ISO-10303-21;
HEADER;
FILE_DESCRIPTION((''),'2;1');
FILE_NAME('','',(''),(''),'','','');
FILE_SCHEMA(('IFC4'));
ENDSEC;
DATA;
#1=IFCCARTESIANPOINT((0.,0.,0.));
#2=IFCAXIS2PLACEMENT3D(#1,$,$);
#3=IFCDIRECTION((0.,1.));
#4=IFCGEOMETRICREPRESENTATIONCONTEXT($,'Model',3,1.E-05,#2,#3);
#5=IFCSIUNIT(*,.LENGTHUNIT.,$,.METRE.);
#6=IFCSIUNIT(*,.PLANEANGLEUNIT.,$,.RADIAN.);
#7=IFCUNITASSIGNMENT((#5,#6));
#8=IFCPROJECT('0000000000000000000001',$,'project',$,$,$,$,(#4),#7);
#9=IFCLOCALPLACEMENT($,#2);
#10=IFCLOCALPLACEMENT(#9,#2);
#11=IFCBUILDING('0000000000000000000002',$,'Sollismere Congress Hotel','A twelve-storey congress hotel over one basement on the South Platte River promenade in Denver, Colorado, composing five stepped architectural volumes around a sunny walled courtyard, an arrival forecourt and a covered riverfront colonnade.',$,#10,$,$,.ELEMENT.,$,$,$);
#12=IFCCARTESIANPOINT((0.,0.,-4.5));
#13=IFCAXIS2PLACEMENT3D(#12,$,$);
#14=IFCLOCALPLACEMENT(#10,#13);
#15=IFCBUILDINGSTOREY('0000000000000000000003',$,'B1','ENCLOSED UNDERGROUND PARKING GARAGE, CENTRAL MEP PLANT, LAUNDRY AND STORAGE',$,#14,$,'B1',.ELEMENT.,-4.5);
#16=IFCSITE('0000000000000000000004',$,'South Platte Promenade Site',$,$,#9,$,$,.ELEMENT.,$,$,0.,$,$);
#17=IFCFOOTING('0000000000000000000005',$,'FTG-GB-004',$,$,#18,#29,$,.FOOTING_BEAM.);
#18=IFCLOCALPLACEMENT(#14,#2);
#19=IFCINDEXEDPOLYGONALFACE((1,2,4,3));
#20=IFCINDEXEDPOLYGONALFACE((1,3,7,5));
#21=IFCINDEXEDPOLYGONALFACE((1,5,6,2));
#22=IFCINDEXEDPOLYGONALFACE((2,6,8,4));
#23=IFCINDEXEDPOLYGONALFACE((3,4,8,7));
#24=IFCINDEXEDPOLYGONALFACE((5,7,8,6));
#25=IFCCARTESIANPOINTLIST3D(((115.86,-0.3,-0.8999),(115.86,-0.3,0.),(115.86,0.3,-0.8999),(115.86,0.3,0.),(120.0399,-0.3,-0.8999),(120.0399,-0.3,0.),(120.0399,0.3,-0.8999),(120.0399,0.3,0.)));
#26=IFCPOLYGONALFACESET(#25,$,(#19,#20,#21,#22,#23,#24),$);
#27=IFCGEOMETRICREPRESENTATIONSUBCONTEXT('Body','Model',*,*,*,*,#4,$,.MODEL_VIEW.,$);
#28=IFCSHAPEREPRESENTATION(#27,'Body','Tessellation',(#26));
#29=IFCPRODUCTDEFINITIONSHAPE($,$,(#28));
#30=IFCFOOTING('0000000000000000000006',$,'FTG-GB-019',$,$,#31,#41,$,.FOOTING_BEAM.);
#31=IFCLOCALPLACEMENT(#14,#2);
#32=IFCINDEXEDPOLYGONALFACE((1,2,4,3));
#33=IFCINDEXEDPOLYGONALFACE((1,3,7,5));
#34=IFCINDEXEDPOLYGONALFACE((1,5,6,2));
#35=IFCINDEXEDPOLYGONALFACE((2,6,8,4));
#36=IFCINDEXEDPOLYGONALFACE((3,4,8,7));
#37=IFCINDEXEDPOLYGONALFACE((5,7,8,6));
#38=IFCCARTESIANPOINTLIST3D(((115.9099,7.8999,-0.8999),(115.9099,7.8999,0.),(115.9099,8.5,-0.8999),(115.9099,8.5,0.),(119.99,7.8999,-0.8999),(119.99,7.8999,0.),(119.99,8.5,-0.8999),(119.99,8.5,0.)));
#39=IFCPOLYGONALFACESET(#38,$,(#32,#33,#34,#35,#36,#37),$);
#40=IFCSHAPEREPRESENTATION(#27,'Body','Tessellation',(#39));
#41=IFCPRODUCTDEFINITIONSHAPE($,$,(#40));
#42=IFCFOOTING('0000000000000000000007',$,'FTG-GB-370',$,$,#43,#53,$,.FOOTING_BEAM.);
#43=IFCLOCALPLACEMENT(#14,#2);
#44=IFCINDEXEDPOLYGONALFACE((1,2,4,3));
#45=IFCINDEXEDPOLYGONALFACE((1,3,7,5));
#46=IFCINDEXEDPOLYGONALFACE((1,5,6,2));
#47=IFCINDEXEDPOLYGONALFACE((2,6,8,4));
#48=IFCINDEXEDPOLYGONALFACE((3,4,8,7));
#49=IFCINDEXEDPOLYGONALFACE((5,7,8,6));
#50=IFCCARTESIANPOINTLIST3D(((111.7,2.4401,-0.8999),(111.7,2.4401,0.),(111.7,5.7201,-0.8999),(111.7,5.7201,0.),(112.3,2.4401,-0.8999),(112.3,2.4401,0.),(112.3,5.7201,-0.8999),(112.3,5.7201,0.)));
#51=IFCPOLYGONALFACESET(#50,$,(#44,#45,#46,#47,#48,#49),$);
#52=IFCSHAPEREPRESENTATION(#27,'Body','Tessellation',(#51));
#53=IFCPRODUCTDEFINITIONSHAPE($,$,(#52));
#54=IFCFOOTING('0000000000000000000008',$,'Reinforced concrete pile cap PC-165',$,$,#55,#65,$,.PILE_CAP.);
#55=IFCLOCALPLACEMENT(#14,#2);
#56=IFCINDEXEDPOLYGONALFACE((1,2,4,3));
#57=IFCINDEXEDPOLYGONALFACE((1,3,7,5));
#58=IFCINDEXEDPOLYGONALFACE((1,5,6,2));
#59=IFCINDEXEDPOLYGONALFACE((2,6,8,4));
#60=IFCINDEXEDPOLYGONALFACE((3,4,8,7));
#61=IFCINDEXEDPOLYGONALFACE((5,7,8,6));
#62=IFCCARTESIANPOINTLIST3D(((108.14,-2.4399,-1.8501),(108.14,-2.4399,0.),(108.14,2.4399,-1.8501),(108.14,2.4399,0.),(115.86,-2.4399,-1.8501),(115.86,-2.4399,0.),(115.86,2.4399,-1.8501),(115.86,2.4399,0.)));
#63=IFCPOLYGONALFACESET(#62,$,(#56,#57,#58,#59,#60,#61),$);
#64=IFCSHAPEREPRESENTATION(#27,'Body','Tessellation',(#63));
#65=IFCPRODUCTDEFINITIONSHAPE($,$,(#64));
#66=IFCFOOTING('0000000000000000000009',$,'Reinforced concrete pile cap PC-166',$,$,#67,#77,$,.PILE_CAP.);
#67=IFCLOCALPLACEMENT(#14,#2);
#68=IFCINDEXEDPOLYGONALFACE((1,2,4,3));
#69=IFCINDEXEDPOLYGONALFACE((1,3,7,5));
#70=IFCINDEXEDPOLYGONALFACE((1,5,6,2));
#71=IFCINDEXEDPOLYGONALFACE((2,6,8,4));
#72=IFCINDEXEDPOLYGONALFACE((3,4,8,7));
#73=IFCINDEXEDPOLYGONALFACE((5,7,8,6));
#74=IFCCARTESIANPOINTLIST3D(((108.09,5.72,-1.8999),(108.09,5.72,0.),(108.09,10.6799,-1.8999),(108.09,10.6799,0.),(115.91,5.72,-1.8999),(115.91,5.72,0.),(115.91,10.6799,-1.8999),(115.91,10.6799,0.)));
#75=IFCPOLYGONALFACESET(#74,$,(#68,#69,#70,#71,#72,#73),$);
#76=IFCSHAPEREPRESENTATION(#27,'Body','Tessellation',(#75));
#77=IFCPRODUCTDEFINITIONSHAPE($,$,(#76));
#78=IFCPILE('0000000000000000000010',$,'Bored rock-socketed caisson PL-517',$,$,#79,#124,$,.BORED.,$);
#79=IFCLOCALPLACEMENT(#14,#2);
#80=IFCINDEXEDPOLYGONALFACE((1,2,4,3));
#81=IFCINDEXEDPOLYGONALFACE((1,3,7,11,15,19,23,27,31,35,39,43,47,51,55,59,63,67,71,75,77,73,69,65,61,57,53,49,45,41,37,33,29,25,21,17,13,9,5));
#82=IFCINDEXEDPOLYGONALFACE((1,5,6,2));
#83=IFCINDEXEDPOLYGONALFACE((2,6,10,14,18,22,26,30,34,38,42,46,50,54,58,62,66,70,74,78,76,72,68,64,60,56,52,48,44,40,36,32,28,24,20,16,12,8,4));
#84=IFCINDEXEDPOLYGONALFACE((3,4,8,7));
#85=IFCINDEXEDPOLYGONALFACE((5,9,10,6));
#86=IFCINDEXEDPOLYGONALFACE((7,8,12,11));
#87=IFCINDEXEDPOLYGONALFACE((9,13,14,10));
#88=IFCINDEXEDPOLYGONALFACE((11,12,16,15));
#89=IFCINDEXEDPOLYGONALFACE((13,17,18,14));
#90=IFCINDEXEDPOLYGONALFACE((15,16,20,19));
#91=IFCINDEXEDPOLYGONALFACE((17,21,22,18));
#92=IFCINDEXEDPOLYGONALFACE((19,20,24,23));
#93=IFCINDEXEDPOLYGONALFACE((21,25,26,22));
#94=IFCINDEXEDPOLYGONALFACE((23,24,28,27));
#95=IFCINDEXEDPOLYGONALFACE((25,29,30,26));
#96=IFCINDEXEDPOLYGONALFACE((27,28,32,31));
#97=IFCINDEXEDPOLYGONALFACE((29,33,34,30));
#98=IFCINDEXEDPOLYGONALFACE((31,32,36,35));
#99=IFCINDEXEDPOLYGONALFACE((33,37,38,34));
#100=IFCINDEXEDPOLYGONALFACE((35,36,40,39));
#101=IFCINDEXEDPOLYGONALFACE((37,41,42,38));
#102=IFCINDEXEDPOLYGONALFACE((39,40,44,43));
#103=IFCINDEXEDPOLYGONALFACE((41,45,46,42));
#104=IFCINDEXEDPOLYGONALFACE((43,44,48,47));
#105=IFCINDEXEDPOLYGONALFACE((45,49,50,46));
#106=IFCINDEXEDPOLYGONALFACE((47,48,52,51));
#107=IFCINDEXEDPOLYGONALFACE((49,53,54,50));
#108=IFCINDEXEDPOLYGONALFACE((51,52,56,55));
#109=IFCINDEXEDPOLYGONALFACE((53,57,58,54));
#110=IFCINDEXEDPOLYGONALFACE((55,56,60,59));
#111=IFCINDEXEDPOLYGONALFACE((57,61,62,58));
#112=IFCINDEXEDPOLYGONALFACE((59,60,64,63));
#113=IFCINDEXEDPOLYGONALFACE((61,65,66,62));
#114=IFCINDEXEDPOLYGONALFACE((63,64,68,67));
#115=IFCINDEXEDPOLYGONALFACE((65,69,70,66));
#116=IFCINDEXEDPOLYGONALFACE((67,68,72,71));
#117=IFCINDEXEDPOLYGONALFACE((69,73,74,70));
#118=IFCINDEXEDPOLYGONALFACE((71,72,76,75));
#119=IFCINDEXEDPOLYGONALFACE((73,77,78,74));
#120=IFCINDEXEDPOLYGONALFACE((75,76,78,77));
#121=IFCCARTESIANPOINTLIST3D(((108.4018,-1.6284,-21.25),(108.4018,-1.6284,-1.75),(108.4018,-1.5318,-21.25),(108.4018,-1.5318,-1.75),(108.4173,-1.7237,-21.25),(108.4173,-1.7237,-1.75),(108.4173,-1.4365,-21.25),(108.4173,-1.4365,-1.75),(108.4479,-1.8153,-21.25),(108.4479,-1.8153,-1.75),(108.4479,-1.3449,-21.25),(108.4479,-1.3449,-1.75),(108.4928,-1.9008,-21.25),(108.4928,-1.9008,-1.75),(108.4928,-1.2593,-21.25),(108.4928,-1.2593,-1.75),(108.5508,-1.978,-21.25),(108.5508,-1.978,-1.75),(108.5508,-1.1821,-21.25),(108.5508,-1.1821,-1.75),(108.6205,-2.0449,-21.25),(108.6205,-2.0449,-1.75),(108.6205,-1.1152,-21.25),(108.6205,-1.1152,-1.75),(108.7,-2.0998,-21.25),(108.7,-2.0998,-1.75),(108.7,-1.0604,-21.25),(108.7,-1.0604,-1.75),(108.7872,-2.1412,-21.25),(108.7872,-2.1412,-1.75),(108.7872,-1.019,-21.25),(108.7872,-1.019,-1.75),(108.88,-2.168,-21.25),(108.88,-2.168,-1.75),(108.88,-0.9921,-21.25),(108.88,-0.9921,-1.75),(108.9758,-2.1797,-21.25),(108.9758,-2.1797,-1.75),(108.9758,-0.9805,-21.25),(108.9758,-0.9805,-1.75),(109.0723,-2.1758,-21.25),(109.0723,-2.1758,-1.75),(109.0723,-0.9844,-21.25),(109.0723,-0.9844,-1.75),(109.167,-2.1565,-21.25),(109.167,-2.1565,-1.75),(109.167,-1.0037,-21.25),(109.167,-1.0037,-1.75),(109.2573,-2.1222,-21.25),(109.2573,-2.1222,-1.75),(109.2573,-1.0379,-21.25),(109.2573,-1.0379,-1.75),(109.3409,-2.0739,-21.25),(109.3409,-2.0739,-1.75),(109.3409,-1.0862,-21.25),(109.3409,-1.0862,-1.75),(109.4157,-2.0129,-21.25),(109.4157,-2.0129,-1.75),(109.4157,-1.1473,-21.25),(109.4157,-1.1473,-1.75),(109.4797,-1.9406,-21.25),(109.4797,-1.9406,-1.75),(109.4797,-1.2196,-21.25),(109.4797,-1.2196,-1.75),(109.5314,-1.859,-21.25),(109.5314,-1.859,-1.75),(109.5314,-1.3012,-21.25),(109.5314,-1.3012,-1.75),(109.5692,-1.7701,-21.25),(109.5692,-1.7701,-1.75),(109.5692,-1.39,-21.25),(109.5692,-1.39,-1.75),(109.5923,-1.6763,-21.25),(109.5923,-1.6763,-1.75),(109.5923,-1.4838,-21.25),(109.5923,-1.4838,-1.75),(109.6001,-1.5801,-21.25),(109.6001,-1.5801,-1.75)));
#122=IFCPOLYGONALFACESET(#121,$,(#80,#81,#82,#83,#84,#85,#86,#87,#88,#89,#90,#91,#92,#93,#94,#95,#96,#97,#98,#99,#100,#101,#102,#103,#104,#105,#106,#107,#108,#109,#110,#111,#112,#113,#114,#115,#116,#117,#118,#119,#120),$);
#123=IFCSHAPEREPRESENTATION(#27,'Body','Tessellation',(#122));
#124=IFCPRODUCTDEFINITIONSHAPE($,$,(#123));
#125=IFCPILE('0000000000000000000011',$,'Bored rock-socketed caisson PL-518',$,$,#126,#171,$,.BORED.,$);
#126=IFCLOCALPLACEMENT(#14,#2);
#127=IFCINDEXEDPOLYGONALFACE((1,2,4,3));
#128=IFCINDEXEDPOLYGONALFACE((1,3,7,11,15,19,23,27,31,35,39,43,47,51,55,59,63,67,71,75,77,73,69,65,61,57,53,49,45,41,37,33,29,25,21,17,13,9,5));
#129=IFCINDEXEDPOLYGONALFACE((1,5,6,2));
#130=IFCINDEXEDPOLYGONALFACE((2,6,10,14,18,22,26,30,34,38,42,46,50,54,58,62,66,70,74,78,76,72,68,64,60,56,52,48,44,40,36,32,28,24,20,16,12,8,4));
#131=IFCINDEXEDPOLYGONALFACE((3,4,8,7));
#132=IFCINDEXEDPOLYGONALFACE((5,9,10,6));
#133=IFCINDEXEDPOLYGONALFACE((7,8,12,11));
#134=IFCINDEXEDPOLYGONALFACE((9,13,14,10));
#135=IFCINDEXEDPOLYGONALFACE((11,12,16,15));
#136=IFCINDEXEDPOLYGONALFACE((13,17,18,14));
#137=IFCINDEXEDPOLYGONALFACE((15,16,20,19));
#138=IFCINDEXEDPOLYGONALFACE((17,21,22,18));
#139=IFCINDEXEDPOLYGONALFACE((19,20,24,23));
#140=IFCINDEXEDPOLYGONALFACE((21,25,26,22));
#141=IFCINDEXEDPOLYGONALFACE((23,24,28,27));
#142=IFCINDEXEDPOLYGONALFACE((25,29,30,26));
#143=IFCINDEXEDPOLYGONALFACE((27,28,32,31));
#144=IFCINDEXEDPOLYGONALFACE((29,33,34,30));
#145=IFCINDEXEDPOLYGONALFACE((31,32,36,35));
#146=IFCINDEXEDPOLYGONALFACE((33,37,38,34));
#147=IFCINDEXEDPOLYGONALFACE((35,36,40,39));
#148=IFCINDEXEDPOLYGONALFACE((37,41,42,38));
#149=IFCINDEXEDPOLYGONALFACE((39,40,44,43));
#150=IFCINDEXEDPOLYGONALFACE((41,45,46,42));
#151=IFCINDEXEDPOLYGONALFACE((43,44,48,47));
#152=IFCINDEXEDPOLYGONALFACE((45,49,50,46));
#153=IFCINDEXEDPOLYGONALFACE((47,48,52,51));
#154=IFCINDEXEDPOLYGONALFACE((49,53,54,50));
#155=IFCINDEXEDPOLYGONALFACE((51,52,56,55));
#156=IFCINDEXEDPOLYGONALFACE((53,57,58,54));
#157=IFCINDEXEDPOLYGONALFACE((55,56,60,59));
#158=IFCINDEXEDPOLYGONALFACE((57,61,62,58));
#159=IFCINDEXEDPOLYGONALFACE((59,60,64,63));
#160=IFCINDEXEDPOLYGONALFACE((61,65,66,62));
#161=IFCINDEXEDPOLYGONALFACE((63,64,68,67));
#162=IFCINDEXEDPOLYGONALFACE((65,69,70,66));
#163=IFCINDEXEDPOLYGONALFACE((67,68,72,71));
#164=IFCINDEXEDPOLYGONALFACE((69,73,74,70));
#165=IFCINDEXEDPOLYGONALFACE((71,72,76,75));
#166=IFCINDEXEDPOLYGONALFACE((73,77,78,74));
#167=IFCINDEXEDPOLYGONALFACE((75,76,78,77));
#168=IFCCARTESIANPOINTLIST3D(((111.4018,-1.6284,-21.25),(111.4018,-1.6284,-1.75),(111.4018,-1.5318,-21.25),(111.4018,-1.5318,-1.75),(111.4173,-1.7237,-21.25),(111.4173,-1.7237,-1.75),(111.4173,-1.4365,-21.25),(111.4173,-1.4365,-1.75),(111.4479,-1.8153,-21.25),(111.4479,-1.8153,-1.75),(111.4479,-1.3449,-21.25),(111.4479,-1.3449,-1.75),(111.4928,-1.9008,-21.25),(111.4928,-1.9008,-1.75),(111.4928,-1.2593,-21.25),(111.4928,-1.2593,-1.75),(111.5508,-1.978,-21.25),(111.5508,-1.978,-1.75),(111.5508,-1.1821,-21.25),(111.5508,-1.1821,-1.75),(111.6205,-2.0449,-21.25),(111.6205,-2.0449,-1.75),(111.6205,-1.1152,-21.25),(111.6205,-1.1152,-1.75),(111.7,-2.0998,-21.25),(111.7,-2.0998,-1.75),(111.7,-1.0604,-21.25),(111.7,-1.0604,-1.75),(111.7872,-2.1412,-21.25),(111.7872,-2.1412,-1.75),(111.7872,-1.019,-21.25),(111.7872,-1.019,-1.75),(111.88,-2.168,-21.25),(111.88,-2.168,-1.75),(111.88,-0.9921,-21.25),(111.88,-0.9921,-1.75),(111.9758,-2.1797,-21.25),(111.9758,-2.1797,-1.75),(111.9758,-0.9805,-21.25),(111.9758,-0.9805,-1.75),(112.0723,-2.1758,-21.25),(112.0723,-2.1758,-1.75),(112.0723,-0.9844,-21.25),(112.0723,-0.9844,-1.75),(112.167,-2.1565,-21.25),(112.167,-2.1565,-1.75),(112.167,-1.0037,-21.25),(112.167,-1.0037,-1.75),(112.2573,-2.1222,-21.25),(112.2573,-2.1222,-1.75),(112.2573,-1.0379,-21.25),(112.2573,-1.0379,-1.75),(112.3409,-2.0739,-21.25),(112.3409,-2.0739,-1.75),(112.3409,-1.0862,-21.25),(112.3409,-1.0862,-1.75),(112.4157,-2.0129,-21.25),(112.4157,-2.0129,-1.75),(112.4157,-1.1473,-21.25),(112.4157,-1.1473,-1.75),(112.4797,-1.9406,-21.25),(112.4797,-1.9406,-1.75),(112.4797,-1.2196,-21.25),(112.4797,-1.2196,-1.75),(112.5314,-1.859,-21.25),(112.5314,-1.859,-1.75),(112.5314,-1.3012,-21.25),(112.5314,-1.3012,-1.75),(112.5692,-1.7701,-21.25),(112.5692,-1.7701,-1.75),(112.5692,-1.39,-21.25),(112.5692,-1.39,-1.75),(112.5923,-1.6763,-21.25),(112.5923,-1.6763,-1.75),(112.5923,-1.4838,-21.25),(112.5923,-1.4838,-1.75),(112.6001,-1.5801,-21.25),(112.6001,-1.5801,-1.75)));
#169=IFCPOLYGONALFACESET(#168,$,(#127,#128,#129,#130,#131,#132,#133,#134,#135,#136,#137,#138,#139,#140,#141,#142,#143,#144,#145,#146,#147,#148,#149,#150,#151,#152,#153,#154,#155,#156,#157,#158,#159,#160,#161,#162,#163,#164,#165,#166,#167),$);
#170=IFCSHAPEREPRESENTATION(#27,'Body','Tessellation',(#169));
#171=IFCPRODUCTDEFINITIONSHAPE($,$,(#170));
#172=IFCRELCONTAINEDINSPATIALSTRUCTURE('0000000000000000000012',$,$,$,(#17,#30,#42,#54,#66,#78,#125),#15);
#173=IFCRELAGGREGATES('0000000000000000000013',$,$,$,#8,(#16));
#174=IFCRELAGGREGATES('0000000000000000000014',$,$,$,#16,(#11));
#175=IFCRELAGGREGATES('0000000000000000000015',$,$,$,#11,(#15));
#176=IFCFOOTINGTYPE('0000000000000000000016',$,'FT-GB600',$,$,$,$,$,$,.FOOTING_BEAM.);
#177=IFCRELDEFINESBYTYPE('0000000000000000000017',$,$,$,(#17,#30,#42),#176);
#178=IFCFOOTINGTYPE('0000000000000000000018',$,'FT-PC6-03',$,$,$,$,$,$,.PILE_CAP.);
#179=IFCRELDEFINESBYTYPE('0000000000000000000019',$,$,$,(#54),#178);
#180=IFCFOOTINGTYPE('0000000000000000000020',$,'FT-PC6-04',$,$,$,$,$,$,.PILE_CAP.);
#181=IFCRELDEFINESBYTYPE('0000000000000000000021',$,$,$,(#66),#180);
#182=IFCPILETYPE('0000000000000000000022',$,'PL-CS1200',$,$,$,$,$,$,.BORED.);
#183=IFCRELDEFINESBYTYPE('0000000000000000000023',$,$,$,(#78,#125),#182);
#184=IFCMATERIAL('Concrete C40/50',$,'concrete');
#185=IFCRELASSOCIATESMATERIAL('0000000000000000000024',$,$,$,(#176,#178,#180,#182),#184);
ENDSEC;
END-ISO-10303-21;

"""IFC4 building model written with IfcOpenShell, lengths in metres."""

from ifc_helpers import new_model, si_unit, direction, frame, origin, origin_2d, place, context, subcontext, project, spatial, rectangle, circle, extrude, material, material_profile, profile_set, type_object, element, save


model = new_model("IFC4")

# Units and contexts
model_context = context("Model", 3, precision=1e-05, world=origin(), true_north=direction((0.0, 1.0)))
body_context = subcontext(model_context, "Body", "Model", "MODEL_VIEW")
ifc_project = project(units=[si_unit("LENGTHUNIT", "METRE"), si_unit("PLANEANGLEUNIT", "RADIAN")], contexts=[model_context])

# Site, building, storey
site_placement = place(None, origin())
site = spatial("IfcSite", under=ifc_project, at=site_placement, Name="South Platte Promenade Site", CompositionType="ELEMENT", RefElevation=0.0)
building_placement = place(site_placement, origin())
building = spatial("IfcBuilding", under=site, at=building_placement, Name="Sollismere Congress Hotel", Description="A twelve-storey congress hotel over one basement on the South Platte River promenade in Denver, Colorado, composing five stepped architectural volumes around a sunny walled courtyard, an arrival forecourt and a covered riverfront colonnade.", CompositionType="ELEMENT")
storey_placement = place(building_placement, frame((0.0, 0.0, -4.5)))
storey = spatial("IfcBuildingStorey", under=building, at=storey_placement, Name="B1", Description="ENCLOSED UNDERGROUND PARKING GARAGE, CENTRAL MEP PLANT, LAUNDRY AND STORAGE", LongName="B1", CompositionType="ELEMENT", Elevation=-4.5)

# Footings
ifc_material_1 = material(Name="Concrete C40/50", Category="concrete")
footing_type_1 = type_object("IfcFootingType", Name="FT-GB600", PredefinedType="FOOTING_BEAM", material=ifc_material_1)
footing_1_placement = place(storey_placement, frame((117.95, 0.0, -0.8999), z_axis=(0.0, 0.0, 1.0), x_axis=(1.0, 0.0, 0.0)))
element("IfcFooting", 1, at=footing_1_placement, inside=storey, type_object=footing_type_1, Name="FTG-GB-004", PredefinedType="FOOTING_BEAM", context=body_context, shape_type="SweptSolid", body=[
    extrude(rectangle(XDim=4.1799, YDim=0.6001, at=origin_2d()), origin(), (0.0, 0.0, 1.0), 0.8999),
])
footing_2_placement = place(storey_placement, frame((117.95, 8.2, -0.8999), z_axis=(0.0, 0.0, 1.0), x_axis=(1.0, 0.0, 0.0)))
element("IfcFooting", 2, at=footing_2_placement, inside=storey, type_object=footing_type_1, Name="FTG-GB-019", PredefinedType="FOOTING_BEAM", context=body_context, shape_type="SweptSolid", body=[
    extrude(rectangle(XDim=4.0801, YDim=0.6001, at=origin_2d()), origin(), (0.0, 0.0, 1.0), 0.8999),
])
footing_3_placement = place(storey_placement, frame((112.0, 4.0801, -0.8999), z_axis=(0.0, 0.0, 1.0), x_axis=(0.0, 1.0, 0.0)))
element("IfcFooting", 3, at=footing_3_placement, inside=storey, type_object=footing_type_1, Name="FTG-GB-370", PredefinedType="FOOTING_BEAM", context=body_context, shape_type="SweptSolid", body=[
    extrude(rectangle(XDim=3.28, YDim=0.6001, at=origin_2d()), origin(), (0.0, 0.0, 1.0), 0.8999),
])
footing_type_2 = type_object("IfcFootingType", Name="FT-PC6-03", PredefinedType="PILE_CAP", material=ifc_material_1)
footing_4_placement = place(storey_placement, frame((112.0, 0.0, -1.8501), z_axis=(0.0, 0.0, 1.0), x_axis=(1.0, 0.0, 0.0)))
element("IfcFooting", 4, at=footing_4_placement, inside=storey, type_object=footing_type_2, Name="Reinforced concrete pile cap PC-165", PredefinedType="PILE_CAP", context=body_context, shape_type="SweptSolid", body=[
    extrude(rectangle(XDim=7.72, YDim=4.8799, at=origin_2d()), origin(), (0.0, 0.0, 1.0), 1.8501),
])
footing_type_3 = type_object("IfcFootingType", Name="FT-PC6-04", PredefinedType="PILE_CAP", material=ifc_material_1)
footing_5_placement = place(storey_placement, frame((112.0, 8.2, -1.8999), z_axis=(0.0, 0.0, 1.0), x_axis=(1.0, 0.0, 0.0)))
element("IfcFooting", 5, at=footing_5_placement, inside=storey, type_object=footing_type_3, Name="Reinforced concrete pile cap PC-166", PredefinedType="PILE_CAP", context=body_context, shape_type="SweptSolid", body=[
    extrude(rectangle(XDim=7.8201, YDim=4.96, at=origin_2d()), origin(), (0.0, 0.0, 1.0), 1.8999),
])

# Piles
ifc_material_profile_1 = material_profile(ifc_material_1, circle(Radius=0.6001, at=origin_2d()), Name="CAISSON1200")
ifc_profile_set_1 = profile_set([ifc_material_profile_1], Name="Concrete C40/50")
pile_type = type_object("IfcPileType", Name="PL-CS1200", PredefinedType="BORED", material=ifc_profile_set_1)
for number, where, z_axis, x_axis, name in (
    (6, (109.0, -1.5801, -1.75), (0.0, 0.0, -1.0), (1.0, 0.0, 0.0), "Bored rock-socketed caisson PL-517"),
    (7, (112.0, -1.5801, -1.75), (0.0, 0.0, -1.0), (1.0, 0.0, 0.0), "Bored rock-socketed caisson PL-518"),
):
    element("IfcPile", number, at=place(storey_placement, frame(where, z_axis=z_axis, x_axis=x_axis)), inside=storey, type_object=pile_type, Name=name, PredefinedType="BORED", context=body_context, shape_type="SweptSolid", body=[
        extrude(circle(Radius=0.6001, at=origin_2d()), origin(), (0.0, 0.0, 1.0), 19.5),
    ])

save(model, "model.ifc")
